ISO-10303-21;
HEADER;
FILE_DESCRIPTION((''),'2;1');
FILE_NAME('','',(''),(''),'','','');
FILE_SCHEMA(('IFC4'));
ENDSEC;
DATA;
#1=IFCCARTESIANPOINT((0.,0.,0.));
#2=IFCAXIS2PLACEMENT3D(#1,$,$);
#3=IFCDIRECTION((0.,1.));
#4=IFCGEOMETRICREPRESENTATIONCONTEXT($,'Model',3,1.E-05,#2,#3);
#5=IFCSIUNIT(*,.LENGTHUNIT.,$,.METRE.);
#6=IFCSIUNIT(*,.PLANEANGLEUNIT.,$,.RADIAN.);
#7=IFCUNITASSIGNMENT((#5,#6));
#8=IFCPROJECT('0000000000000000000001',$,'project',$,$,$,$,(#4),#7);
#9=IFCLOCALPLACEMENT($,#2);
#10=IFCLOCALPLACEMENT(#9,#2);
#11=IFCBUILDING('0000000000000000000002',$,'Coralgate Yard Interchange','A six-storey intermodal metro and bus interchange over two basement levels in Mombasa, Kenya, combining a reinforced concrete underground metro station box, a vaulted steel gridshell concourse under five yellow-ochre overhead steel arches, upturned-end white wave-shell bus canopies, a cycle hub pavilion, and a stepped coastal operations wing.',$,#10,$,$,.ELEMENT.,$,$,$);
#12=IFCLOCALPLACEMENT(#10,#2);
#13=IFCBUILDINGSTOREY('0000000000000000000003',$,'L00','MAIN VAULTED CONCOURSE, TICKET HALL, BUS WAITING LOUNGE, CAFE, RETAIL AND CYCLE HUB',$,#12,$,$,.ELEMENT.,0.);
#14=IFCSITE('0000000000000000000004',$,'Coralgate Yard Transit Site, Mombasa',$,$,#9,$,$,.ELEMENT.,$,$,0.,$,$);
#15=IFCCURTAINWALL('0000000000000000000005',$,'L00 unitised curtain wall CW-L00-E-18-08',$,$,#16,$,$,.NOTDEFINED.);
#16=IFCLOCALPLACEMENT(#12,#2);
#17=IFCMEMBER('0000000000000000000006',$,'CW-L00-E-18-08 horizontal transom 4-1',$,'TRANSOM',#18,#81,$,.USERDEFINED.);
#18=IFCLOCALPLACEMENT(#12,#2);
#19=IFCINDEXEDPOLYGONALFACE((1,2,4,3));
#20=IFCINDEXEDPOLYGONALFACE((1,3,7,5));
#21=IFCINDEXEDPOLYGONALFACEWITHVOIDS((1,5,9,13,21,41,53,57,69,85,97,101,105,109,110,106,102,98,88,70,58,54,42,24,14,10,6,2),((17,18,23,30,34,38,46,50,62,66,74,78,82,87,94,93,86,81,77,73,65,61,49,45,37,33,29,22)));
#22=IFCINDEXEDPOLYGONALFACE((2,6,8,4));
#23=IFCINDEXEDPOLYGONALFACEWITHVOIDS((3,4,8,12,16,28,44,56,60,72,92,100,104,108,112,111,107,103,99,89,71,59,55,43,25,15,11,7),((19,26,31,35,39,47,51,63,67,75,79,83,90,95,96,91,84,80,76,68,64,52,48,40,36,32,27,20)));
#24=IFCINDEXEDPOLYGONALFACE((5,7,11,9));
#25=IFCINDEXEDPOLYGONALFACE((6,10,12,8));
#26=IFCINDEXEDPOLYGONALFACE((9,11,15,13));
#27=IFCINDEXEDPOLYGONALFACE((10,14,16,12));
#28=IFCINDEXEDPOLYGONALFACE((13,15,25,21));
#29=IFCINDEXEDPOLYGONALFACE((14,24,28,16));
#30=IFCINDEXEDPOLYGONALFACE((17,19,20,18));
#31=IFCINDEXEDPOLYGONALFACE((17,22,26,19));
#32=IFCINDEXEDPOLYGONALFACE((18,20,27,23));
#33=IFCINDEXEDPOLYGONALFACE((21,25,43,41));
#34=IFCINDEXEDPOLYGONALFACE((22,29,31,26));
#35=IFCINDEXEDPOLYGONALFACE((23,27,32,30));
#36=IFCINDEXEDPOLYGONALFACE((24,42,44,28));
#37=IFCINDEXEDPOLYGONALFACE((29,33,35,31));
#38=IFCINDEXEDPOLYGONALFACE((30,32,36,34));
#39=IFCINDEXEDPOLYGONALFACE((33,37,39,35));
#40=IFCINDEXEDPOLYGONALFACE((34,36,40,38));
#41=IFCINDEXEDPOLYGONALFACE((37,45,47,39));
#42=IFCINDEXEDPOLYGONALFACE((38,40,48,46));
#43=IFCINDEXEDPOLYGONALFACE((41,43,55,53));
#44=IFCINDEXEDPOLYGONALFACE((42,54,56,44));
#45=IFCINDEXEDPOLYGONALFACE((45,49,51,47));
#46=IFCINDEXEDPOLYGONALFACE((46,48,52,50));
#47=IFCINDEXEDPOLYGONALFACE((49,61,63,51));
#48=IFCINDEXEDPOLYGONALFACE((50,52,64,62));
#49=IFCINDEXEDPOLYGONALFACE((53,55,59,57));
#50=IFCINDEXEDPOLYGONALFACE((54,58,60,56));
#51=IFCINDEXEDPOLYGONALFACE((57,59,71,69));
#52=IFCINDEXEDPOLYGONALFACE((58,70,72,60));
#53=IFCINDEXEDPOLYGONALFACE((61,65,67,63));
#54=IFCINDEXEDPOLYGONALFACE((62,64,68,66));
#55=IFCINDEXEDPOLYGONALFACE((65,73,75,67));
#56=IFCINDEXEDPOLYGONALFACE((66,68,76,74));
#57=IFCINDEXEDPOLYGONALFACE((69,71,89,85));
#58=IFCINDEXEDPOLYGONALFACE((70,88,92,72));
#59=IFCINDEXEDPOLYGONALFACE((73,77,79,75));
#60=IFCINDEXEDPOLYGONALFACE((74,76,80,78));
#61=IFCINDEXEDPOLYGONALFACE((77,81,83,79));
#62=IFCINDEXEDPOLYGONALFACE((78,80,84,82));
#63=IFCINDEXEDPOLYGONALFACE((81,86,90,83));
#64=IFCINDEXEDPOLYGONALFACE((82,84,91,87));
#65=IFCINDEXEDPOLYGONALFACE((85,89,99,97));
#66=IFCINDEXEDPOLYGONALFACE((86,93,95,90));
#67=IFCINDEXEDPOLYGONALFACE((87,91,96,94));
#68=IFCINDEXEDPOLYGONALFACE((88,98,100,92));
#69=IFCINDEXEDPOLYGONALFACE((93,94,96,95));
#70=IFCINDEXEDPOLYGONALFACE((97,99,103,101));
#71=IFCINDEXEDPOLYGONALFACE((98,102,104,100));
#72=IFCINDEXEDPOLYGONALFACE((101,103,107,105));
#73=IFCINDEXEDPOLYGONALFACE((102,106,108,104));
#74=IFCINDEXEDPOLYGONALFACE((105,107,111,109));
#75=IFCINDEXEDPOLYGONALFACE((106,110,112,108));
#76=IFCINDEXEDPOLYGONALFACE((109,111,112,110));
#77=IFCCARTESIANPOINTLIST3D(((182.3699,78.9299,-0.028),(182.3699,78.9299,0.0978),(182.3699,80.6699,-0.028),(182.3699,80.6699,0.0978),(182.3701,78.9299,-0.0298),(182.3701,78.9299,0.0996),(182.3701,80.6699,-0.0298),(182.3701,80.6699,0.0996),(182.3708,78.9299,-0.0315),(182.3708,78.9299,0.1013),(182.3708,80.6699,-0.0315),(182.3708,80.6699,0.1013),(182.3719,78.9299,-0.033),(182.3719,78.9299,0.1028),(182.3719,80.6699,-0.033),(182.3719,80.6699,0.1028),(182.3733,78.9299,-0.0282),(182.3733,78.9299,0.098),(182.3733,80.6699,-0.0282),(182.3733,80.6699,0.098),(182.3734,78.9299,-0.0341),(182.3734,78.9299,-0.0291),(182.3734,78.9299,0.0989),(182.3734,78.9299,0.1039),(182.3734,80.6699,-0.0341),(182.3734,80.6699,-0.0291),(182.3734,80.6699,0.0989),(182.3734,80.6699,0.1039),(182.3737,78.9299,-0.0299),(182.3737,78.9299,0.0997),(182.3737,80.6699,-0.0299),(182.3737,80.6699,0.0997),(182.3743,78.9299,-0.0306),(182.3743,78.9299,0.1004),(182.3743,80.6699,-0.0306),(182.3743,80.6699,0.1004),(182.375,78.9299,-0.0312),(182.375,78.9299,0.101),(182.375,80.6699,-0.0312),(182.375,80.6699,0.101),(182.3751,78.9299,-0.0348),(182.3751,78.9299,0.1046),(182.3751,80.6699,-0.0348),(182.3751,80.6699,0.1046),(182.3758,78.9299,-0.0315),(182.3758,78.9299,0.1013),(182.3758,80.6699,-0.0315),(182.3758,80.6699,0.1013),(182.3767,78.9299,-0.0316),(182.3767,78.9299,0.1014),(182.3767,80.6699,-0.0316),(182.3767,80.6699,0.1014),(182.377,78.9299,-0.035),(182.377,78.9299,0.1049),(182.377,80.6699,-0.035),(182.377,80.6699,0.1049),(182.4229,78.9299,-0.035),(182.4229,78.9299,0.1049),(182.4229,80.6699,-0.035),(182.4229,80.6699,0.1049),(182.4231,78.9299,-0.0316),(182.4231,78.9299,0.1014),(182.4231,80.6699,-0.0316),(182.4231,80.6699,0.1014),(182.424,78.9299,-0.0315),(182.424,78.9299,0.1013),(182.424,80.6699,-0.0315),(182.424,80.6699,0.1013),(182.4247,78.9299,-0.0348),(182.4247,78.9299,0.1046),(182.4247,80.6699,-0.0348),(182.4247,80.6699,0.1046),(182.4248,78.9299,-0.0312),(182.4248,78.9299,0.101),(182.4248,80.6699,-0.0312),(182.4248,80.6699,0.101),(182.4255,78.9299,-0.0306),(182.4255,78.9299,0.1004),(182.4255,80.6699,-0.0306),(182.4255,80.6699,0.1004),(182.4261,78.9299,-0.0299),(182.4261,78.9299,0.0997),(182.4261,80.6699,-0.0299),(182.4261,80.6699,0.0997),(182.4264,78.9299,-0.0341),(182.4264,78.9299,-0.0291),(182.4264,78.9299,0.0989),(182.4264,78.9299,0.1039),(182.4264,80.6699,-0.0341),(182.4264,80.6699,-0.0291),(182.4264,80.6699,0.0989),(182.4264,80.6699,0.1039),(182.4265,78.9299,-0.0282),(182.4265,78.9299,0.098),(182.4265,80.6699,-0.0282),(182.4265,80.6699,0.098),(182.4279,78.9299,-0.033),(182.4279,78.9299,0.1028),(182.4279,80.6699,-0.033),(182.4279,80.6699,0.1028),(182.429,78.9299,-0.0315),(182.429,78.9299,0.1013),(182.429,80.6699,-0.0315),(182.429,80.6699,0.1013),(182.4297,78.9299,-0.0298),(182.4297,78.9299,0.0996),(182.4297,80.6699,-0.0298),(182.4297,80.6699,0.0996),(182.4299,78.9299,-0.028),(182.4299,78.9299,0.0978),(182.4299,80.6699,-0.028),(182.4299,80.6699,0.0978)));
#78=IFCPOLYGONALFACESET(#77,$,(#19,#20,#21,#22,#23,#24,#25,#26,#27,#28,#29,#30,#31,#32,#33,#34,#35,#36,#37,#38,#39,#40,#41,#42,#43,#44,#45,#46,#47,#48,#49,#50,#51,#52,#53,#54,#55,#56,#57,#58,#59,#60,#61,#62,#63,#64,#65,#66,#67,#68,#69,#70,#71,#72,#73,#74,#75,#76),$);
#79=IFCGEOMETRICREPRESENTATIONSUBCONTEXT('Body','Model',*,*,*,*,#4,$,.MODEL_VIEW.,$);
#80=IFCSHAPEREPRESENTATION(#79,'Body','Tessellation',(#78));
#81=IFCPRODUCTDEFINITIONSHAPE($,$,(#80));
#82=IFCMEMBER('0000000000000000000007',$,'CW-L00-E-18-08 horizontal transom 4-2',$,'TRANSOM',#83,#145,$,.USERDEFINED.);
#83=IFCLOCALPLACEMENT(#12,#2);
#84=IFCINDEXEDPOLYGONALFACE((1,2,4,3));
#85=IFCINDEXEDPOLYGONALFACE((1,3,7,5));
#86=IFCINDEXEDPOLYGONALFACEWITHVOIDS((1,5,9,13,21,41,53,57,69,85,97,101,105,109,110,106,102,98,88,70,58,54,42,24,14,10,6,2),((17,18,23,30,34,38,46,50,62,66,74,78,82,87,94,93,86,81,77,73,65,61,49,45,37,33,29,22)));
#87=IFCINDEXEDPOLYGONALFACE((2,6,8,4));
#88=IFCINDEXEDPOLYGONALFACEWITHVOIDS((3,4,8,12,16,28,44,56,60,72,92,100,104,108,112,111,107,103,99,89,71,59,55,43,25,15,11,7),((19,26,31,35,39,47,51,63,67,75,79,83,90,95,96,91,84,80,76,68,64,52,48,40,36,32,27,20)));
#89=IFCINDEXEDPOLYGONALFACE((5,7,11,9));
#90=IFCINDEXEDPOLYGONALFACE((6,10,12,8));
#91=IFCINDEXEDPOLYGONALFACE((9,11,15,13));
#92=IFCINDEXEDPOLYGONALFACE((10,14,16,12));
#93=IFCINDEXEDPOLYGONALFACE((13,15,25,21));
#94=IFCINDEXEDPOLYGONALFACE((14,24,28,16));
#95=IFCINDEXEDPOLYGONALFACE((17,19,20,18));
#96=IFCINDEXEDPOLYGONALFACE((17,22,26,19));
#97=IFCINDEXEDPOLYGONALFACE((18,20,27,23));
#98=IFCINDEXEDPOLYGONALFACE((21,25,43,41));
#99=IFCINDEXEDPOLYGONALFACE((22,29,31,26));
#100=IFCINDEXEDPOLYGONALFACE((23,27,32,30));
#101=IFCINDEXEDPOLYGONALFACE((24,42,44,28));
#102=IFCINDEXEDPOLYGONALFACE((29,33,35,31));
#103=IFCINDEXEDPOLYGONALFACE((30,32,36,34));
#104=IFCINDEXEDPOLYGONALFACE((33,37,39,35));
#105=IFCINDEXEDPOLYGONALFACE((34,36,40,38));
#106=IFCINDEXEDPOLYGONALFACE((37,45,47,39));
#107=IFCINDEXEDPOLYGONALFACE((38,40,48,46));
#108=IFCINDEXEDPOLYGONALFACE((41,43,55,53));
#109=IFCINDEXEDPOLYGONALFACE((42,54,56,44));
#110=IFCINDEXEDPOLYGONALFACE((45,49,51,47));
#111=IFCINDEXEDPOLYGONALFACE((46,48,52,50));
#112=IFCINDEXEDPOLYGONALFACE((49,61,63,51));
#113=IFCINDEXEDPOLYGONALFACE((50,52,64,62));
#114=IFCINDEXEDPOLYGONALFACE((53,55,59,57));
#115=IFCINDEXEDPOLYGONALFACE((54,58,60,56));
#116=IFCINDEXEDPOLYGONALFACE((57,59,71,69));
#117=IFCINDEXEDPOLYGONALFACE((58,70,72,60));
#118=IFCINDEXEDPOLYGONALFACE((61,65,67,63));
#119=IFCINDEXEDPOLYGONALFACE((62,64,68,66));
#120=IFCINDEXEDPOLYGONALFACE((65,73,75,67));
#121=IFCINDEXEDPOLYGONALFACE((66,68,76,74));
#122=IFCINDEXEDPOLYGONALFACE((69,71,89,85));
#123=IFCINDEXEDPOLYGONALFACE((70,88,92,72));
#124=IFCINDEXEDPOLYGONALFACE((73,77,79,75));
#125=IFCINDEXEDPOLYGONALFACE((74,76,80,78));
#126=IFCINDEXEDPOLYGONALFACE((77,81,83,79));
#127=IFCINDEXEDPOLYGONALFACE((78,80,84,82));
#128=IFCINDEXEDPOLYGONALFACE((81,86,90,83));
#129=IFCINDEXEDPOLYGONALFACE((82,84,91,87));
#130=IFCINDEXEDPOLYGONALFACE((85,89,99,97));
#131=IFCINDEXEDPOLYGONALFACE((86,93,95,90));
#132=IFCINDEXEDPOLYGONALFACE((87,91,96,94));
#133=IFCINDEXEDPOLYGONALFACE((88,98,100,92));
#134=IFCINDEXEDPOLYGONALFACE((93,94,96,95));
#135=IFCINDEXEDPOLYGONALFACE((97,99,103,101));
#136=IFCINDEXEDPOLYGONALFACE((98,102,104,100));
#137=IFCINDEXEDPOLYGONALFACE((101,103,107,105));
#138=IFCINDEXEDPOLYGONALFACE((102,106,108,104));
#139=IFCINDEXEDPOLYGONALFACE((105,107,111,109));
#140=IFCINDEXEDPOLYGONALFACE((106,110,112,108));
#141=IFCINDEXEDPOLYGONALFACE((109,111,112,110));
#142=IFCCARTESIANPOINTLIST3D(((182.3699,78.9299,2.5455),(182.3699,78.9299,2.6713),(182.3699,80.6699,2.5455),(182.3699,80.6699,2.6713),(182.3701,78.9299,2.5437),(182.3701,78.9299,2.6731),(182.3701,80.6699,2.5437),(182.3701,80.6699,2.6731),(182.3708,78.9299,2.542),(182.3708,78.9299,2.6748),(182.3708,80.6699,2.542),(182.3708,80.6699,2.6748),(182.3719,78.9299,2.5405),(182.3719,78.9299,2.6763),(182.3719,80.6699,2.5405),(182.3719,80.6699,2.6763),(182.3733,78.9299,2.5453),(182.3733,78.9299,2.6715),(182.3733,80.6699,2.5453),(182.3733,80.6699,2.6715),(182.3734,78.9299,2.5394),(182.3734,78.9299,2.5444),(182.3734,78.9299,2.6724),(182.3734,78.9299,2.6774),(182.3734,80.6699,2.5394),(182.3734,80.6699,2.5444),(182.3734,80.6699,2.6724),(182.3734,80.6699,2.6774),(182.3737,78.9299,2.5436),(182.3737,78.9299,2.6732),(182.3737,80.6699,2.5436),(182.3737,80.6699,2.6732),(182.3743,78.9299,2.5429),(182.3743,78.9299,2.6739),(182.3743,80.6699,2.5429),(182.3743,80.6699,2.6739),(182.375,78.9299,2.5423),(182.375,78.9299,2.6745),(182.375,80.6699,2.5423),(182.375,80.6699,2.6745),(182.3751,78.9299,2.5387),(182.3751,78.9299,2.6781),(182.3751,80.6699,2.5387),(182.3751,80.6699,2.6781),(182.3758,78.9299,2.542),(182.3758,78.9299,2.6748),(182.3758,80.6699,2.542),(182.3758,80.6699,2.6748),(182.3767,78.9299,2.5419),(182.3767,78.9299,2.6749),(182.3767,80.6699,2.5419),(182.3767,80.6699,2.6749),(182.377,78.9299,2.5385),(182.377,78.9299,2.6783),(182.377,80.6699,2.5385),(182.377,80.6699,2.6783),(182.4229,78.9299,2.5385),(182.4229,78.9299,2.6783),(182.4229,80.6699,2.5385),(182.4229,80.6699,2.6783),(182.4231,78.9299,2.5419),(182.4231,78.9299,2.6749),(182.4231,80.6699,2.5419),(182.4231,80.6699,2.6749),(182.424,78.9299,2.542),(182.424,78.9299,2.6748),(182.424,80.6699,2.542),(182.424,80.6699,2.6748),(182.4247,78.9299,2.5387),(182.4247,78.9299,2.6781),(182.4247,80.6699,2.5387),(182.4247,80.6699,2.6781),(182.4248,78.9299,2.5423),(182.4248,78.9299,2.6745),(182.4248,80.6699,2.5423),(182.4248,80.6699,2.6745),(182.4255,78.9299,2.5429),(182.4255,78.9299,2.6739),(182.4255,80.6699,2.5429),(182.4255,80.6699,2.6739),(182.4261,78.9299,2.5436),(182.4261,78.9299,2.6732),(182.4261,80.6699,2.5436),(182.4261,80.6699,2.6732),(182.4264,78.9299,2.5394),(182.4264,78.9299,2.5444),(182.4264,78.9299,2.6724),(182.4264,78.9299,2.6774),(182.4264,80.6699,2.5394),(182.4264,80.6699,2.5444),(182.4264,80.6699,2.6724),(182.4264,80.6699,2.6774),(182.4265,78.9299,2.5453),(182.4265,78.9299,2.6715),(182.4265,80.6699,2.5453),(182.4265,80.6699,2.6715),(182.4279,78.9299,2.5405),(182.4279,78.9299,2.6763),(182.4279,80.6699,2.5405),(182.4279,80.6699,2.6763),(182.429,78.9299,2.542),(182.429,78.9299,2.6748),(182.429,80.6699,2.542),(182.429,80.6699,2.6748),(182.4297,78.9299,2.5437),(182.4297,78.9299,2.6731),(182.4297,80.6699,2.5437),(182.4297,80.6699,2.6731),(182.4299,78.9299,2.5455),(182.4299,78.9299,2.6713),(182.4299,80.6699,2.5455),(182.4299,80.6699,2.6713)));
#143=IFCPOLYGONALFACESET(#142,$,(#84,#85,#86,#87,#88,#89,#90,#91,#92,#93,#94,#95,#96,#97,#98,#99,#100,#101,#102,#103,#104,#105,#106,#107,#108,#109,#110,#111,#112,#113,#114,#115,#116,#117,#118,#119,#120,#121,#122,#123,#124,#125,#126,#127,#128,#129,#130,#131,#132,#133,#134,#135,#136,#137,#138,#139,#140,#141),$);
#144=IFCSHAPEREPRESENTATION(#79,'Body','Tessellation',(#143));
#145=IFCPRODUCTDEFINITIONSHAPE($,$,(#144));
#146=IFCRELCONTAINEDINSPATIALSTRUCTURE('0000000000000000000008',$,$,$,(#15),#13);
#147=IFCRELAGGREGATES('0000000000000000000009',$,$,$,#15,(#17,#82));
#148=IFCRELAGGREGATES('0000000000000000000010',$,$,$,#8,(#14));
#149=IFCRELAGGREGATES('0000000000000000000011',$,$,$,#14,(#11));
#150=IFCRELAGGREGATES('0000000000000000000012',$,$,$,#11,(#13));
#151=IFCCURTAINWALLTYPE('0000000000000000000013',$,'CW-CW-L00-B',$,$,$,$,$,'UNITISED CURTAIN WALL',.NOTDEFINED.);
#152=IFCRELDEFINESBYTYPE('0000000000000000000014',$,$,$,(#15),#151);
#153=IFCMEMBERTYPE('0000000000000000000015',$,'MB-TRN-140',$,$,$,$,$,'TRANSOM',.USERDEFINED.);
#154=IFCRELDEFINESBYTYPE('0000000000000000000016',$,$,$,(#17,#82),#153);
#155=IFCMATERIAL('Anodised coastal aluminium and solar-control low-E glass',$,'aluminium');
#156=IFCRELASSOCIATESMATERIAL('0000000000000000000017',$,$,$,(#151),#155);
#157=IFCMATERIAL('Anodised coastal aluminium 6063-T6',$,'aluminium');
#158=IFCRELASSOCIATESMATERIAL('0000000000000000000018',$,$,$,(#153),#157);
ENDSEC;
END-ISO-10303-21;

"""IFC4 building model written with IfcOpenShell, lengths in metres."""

from ifc_helpers import new_model, si_unit, direction, frame, origin, origin_2d, place, context, subcontext, project, spatial, hollow_rectangle, extrude, material, material_profile, profile_set, type_object, element, aggregate, save


model = new_model("IFC4")

# Units and contexts
model_context = context("Model", 3, precision=1e-05, world=origin(), true_north=direction((0.0, 1.0)))
body_context = subcontext(model_context, "Body", "Model", "MODEL_VIEW")
ifc_project = project(units=[si_unit("LENGTHUNIT", "METRE"), si_unit("PLANEANGLEUNIT", "RADIAN")], contexts=[model_context])

# Site, building, storey
site_placement = place(None, origin())
site = spatial("IfcSite", under=ifc_project, at=site_placement, Name="Coralgate Yard Transit Site, Mombasa", CompositionType="ELEMENT", RefElevation=0.0)
building_placement = place(site_placement, origin())
building = spatial("IfcBuilding", under=site, at=building_placement, Name="Coralgate Yard Interchange", Description="A six-storey intermodal metro and bus interchange over two basement levels in Mombasa, Kenya, combining a reinforced concrete underground metro station box, a vaulted steel gridshell concourse under five yellow-ochre overhead steel arches, upturned-end white wave-shell bus canopies, a cycle hub pavilion, and a stepped coastal operations wing.", CompositionType="ELEMENT")
storey_placement = place(building_placement, origin())
storey = spatial("IfcBuildingStorey", under=building, at=storey_placement, Name="L00", Description="MAIN VAULTED CONCOURSE, TICKET HALL, BUS WAITING LOUNGE, CAFE, RETAIL AND CYCLE HUB", CompositionType="ELEMENT", Elevation=0.0)

# Curtain wall, members
ifc_material_1 = material(Name="Anodised coastal aluminium and solar-control low-E glass", Category="aluminium")
curtain_wall_type = type_object("IfcCurtainWallType", Name="CW-CW-L00-B", ElementType="UNITISED CURTAIN WALL", PredefinedType="NOTDEFINED", material=ifc_material_1)
curtain_wall_placement = place(storey_placement, origin())
curtain_wall = element("IfcCurtainWall", 1, at=curtain_wall_placement, inside=storey, type_object=curtain_wall_type, Name="L00 unitised curtain wall CW-L00-E-18-08", PredefinedType="NOTDEFINED")
ifc_material_2 = material(Name="Anodised coastal aluminium 6063-T6", Category="aluminium")
ifc_material_profile_1 = material_profile(ifc_material_2, hollow_rectangle(XDim=0.0601, YDim=0.1399, WallThickness=0.0034, InnerFilletRadius=0.0034, OuterFilletRadius=0.0071, at=origin_2d()), Name="ALU 60x140x3.5")
ifc_profile_set_1 = profile_set([ifc_material_profile_1], Name="Anodised coastal aluminium 6063-T6")
member_type_1 = type_object("IfcMemberType", Name="MB-TRN-140", ElementType="TRANSOM", PredefinedType="USERDEFINED", material=ifc_profile_set_1)
member_1_placement = place(storey_placement, frame((182.3999, 80.6699, 0.0349), z_axis=(0.0, -1.0, 0.0), x_axis=(1.0, 0.0, 0.0)))
member_1 = element("IfcMember", 2, at=member_1_placement, type_object=member_type_1, Name="CW-L00-E-18-08 horizontal transom 4-1", ObjectType="TRANSOM", PredefinedType="USERDEFINED", context=body_context, shape_type="SweptSolid", body=[
    extrude(hollow_rectangle(XDim=0.0601, YDim=0.1399, WallThickness=0.0034, InnerFilletRadius=0.0034, OuterFilletRadius=0.0071, at=origin_2d()), origin(), (0.0, 0.0, 1.0), 1.74),
])
member_2_placement = place(storey_placement, frame((182.3999, 80.6699, 2.6084), z_axis=(0.0, -1.0, 0.0), x_axis=(1.0, 0.0, 0.0)))
member_2 = element("IfcMember", 3, at=member_2_placement, type_object=member_type_1, Name="CW-L00-E-18-08 horizontal transom 4-2", ObjectType="TRANSOM", PredefinedType="USERDEFINED", context=body_context, shape_type="SweptSolid", body=[
    extrude(hollow_rectangle(XDim=0.0601, YDim=0.1399, WallThickness=0.0034, InnerFilletRadius=0.0034, OuterFilletRadius=0.0071, at=origin_2d()), origin(), (0.0, 0.0, 1.0), 1.74),
])
aggregate(curtain_wall, [member_1, member_2])

save(model, "model.ifc")
